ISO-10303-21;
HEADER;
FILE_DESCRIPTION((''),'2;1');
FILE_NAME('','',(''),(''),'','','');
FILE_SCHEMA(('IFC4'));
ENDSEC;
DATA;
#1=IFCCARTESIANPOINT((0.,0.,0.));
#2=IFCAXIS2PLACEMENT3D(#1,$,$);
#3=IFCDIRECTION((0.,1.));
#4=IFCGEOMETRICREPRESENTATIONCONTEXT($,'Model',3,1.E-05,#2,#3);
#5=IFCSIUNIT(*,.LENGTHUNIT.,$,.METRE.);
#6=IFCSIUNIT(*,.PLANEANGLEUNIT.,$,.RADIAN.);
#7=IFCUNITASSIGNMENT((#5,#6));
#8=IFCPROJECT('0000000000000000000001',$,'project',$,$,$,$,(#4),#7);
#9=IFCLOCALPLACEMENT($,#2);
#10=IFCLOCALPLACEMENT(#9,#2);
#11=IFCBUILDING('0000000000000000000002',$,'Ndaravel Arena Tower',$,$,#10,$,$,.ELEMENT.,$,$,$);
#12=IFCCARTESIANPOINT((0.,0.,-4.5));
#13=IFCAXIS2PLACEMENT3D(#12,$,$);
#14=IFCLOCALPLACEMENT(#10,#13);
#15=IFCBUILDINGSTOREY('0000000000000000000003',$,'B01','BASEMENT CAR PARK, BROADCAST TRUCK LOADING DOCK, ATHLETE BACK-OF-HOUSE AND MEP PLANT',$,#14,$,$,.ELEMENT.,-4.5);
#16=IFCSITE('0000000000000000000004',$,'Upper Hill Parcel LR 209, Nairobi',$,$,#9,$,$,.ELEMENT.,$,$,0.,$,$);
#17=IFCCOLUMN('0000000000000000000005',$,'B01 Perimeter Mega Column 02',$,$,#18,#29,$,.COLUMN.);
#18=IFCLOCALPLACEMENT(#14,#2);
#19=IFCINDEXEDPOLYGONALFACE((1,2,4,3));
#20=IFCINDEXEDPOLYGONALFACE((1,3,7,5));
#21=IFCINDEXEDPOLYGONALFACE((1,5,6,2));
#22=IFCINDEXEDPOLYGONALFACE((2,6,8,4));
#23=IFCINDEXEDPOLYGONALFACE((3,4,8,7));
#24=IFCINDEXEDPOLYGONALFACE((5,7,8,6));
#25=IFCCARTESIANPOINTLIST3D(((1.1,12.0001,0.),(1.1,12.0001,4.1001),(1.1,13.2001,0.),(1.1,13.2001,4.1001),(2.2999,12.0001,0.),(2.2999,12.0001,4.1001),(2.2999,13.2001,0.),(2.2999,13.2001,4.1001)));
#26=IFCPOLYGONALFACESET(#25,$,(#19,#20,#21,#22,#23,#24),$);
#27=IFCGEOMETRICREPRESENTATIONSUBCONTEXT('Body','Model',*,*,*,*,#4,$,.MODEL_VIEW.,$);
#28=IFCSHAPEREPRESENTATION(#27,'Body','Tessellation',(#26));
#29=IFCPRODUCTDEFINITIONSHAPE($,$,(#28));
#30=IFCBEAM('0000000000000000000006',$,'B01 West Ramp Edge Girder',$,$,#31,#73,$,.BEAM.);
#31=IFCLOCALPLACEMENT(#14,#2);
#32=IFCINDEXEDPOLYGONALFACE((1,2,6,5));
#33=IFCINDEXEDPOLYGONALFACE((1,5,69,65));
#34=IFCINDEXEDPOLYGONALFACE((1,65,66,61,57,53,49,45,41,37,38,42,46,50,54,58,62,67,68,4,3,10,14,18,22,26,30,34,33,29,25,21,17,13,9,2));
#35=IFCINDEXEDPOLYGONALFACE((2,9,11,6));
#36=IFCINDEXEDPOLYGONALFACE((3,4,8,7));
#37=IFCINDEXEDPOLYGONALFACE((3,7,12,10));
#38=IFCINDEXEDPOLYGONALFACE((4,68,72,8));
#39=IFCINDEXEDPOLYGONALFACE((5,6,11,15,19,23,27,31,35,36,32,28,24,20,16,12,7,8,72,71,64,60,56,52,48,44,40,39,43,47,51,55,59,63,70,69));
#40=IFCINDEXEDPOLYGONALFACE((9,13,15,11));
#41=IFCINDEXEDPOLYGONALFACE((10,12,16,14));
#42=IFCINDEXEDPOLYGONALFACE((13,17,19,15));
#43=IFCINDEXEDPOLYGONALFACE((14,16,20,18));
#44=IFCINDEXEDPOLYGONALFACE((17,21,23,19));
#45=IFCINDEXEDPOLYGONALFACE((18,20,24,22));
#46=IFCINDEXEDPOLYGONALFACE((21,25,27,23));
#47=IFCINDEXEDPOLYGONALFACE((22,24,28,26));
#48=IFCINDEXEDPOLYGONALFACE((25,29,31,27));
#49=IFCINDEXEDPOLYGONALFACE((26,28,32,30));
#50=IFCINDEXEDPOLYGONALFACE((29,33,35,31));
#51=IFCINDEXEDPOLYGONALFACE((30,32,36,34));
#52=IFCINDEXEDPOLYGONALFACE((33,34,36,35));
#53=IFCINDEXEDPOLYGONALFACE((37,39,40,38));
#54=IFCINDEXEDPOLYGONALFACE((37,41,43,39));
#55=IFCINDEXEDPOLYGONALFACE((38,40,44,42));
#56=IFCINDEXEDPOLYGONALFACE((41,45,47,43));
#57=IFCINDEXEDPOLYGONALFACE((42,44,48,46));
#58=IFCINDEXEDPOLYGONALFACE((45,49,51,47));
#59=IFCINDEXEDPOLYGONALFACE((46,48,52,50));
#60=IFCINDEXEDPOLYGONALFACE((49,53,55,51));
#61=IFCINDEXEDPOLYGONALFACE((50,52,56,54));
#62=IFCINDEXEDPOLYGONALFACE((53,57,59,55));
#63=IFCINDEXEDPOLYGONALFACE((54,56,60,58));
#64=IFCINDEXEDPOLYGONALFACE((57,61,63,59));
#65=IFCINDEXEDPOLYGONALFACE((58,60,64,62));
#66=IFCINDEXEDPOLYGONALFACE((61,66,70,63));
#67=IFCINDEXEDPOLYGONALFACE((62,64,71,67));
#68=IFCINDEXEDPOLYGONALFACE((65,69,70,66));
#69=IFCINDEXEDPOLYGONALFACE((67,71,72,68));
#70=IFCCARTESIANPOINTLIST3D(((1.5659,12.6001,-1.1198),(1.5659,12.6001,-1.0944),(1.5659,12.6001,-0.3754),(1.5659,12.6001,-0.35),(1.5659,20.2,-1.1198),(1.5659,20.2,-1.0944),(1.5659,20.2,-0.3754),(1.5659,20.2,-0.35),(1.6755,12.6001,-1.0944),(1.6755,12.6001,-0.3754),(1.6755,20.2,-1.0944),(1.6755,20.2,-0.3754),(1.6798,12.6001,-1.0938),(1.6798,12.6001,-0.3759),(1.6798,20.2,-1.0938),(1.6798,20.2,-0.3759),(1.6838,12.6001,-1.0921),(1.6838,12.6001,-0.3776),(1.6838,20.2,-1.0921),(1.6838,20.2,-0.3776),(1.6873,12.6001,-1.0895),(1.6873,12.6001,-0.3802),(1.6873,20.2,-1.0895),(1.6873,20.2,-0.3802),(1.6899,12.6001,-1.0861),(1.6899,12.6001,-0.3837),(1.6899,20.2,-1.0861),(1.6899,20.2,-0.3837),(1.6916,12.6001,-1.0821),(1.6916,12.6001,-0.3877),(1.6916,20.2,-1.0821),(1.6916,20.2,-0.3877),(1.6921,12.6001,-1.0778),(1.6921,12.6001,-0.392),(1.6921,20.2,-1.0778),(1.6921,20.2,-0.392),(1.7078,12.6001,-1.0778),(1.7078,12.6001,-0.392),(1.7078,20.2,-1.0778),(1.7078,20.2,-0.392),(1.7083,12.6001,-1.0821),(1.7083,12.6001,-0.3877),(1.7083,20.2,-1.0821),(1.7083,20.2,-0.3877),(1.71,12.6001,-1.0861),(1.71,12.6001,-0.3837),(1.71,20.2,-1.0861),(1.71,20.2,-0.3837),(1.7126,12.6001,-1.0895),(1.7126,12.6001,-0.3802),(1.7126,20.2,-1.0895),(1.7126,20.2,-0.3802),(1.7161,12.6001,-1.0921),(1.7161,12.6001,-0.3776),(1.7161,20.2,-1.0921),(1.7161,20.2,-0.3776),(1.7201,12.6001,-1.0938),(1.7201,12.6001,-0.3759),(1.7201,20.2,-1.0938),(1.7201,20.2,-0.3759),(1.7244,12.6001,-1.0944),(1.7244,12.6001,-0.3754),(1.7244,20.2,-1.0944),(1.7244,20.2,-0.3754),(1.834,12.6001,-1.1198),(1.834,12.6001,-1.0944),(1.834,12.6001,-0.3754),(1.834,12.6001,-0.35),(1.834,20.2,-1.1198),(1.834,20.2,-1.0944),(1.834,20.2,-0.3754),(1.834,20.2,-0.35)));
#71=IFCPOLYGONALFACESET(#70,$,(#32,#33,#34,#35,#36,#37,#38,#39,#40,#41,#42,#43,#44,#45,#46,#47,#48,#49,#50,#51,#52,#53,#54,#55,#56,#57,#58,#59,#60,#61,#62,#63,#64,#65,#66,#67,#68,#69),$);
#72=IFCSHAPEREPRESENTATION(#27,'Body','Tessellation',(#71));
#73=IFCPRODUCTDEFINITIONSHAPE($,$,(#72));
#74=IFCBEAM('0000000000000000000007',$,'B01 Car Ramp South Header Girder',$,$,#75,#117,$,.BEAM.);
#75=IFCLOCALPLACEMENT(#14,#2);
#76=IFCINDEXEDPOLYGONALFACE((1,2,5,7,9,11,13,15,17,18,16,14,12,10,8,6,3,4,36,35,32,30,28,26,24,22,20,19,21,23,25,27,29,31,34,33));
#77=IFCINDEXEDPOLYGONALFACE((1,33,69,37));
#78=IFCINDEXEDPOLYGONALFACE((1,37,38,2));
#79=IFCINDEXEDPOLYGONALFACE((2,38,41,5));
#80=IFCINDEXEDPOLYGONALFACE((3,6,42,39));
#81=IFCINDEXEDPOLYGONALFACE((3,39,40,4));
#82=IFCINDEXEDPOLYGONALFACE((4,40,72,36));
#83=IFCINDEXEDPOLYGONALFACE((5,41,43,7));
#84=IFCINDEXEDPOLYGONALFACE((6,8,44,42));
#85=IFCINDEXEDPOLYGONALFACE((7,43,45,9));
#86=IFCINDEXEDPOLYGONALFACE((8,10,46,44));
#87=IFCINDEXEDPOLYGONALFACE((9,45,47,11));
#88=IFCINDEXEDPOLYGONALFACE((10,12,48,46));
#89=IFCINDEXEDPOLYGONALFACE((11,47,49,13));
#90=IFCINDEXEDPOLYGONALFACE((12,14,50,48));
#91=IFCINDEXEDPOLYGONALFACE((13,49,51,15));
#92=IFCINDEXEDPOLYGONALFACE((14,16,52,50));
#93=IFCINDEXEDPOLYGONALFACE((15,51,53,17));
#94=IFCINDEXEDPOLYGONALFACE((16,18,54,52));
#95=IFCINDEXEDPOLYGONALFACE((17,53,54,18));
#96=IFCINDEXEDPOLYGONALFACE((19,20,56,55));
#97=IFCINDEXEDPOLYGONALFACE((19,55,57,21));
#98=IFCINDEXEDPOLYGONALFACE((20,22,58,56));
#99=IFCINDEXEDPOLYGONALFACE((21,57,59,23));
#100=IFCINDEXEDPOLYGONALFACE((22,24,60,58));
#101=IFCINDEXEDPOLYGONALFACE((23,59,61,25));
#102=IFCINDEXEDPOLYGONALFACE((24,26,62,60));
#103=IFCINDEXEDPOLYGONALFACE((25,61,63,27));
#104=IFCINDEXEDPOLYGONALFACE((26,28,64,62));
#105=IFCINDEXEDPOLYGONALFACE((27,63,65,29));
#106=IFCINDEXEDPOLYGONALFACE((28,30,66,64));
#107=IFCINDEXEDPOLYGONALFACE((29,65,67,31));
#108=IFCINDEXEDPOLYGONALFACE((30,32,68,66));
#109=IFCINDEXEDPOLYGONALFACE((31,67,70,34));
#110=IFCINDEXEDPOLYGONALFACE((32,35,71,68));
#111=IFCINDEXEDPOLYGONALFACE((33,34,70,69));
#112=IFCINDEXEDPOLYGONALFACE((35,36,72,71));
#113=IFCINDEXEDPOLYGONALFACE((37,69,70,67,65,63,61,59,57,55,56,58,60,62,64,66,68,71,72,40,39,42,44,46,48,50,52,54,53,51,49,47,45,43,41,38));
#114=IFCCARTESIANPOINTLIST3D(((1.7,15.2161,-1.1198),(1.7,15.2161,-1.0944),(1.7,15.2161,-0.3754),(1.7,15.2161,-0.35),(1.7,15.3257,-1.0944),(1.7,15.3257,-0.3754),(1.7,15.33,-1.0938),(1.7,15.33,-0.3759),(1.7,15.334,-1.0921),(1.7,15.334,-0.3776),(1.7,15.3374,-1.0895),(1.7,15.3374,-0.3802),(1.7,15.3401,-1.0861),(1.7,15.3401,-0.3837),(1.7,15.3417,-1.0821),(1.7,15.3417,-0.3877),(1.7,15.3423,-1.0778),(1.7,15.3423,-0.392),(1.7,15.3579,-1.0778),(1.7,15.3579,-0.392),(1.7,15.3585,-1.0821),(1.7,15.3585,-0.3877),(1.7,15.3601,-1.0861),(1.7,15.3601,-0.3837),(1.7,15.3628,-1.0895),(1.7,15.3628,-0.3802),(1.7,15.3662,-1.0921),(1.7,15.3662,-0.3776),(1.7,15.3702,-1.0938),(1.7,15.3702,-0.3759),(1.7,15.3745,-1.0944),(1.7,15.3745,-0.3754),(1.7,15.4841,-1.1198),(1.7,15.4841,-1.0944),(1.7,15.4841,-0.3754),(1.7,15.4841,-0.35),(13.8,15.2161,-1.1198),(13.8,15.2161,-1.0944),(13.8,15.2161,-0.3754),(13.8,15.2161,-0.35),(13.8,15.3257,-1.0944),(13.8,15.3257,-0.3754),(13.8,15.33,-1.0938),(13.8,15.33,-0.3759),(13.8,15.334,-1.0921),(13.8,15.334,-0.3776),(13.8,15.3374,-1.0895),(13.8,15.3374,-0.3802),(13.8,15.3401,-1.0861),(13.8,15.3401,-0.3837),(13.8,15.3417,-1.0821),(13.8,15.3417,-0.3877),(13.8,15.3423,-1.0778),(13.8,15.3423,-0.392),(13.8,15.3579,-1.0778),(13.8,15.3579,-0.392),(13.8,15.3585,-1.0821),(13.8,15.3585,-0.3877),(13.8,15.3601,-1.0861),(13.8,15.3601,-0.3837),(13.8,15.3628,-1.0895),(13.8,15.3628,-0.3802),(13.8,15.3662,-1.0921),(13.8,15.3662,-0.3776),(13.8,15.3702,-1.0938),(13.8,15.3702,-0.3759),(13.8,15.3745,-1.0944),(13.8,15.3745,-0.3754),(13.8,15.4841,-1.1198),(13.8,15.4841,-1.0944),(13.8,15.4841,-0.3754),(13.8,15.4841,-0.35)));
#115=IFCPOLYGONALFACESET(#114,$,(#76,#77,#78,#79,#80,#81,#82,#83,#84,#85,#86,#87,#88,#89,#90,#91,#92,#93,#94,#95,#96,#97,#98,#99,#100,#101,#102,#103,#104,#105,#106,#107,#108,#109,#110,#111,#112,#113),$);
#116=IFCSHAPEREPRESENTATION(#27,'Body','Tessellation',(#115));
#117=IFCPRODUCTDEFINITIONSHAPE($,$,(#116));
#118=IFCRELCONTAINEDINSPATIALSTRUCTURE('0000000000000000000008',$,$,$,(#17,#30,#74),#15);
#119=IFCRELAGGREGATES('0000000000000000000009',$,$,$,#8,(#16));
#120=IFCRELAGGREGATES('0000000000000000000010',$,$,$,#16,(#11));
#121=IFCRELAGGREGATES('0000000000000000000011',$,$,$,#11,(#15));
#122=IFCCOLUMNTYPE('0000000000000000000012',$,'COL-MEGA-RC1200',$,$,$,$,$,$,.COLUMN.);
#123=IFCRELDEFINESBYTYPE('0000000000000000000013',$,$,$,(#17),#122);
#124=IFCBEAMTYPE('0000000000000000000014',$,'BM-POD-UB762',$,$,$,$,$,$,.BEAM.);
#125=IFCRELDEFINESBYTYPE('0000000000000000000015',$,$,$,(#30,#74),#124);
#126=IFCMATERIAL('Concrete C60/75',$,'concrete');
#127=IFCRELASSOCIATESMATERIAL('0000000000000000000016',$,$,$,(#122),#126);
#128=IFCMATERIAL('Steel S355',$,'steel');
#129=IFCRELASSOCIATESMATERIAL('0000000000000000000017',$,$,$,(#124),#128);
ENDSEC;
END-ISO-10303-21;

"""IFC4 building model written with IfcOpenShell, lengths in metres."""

from ifc_helpers import new_model, si_unit, direction, frame, origin, origin_2d, place, context, subcontext, project, spatial, rectangle, i_section, extrude, material, material_profile, profile_set, type_object, element, save


model = new_model("IFC4")

# Units and contexts
model_context = context("Model", 3, precision=1e-05, world=origin(), true_north=direction((0.0, 1.0)))
body_context = subcontext(model_context, "Body", "Model", "MODEL_VIEW")
ifc_project = project(units=[si_unit("LENGTHUNIT", "METRE"), si_unit("PLANEANGLEUNIT", "RADIAN")], contexts=[model_context])

# Site, building, storey
site_placement = place(None, origin())
site = spatial("IfcSite", under=ifc_project, at=site_placement, Name="Upper Hill Parcel LR 209, Nairobi", CompositionType="ELEMENT", RefElevation=0.0)
building_placement = place(site_placement, origin())
building = spatial("IfcBuilding", under=site, at=building_placement, Name="Ndaravel Arena Tower", CompositionType="ELEMENT")
storey_placement = place(building_placement, frame((0.0, 0.0, -4.5)))
storey = spatial("IfcBuildingStorey", under=building, at=storey_placement, Name="B01", Description="BASEMENT CAR PARK, BROADCAST TRUCK LOADING DOCK, ATHLETE BACK-OF-HOUSE AND MEP PLANT", CompositionType="ELEMENT", Elevation=-4.5)

# Column
ifc_material_1 = material(Name="Concrete C60/75", Category="concrete")
ifc_material_profile_1 = material_profile(ifc_material_1, rectangle(XDim=1.2, YDim=1.2, at=origin_2d()), Name="RC 1200x1200")
ifc_profile_set_1 = profile_set([ifc_material_profile_1], Name="Concrete C60/75")
column_type_1 = type_object("IfcColumnType", Name="COL-MEGA-RC1200", PredefinedType="COLUMN", material=ifc_profile_set_1)
for number, where, z_axis, x_axis, name in (
    (1, (1.7, 12.6001, 0.0), (0.0, 0.0, 1.0), (1.0, 0.0, 0.0), "B01 Perimeter Mega Column 02"),
):
    element("IfcColumn", number, at=place(storey_placement, frame(where, z_axis=z_axis, x_axis=x_axis)), inside=storey, type_object=column_type_1, Name=name, PredefinedType="COLUMN", context=body_context, shape_type="SweptSolid", body=[
        extrude(rectangle(XDim=1.2, YDim=1.2, at=origin_2d()), origin(), (0.0, 0.0, 1.0), 4.1001),
    ])

# Beams
ifc_material_2 = material(Name="Steel S355", Category="steel")
ifc_material_profile_2 = material_profile(ifc_material_2, i_section(OverallWidth=0.2681, OverallDepth=0.7698, WebThickness=0.0156, FlangeThickness=0.0254, FilletRadius=0.0166, at=origin_2d()), Name="UB 762x267x197")
ifc_profile_set_2 = profile_set([ifc_material_profile_2], Name="Steel S355")
beam_type = type_object("IfcBeamType", Name="BM-POD-UB762", PredefinedType="BEAM", material=ifc_profile_set_2)
beam_1_placement = place(storey_placement, frame((1.7, 12.6001, -0.7349), z_axis=(0.0, 1.0, 0.0), x_axis=(-1.0, 0.0, 0.0)))
element("IfcBeam", 2, at=beam_1_placement, inside=storey, type_object=beam_type, Name="B01 West Ramp Edge Girder", PredefinedType="BEAM", context=body_context, shape_type="SweptSolid", body=[
    extrude(i_section(OverallWidth=0.2681, OverallDepth=0.7698, WebThickness=0.0156, FlangeThickness=0.0254, FilletRadius=0.0166, at=origin_2d()), origin(), (0.0, 0.0, 1.0), 7.5999),
])
beam_2_placement = place(storey_placement, frame((1.7, 15.3501, -0.7349), z_axis=(1.0, 0.0, 0.0), x_axis=(0.0, 1.0, 0.0)))
element("IfcBeam", 3, at=beam_2_placement, inside=storey, type_object=beam_type, Name="B01 Car Ramp South Header Girder", PredefinedType="BEAM", context=body_context, shape_type="SweptSolid", body=[
    extrude(i_section(OverallWidth=0.2681, OverallDepth=0.7698, WebThickness=0.0156, FlangeThickness=0.0254, FilletRadius=0.0166, at=origin_2d()), origin(), (0.0, 0.0, 1.0), 12.1001),
])

save(model, "model.ifc")
